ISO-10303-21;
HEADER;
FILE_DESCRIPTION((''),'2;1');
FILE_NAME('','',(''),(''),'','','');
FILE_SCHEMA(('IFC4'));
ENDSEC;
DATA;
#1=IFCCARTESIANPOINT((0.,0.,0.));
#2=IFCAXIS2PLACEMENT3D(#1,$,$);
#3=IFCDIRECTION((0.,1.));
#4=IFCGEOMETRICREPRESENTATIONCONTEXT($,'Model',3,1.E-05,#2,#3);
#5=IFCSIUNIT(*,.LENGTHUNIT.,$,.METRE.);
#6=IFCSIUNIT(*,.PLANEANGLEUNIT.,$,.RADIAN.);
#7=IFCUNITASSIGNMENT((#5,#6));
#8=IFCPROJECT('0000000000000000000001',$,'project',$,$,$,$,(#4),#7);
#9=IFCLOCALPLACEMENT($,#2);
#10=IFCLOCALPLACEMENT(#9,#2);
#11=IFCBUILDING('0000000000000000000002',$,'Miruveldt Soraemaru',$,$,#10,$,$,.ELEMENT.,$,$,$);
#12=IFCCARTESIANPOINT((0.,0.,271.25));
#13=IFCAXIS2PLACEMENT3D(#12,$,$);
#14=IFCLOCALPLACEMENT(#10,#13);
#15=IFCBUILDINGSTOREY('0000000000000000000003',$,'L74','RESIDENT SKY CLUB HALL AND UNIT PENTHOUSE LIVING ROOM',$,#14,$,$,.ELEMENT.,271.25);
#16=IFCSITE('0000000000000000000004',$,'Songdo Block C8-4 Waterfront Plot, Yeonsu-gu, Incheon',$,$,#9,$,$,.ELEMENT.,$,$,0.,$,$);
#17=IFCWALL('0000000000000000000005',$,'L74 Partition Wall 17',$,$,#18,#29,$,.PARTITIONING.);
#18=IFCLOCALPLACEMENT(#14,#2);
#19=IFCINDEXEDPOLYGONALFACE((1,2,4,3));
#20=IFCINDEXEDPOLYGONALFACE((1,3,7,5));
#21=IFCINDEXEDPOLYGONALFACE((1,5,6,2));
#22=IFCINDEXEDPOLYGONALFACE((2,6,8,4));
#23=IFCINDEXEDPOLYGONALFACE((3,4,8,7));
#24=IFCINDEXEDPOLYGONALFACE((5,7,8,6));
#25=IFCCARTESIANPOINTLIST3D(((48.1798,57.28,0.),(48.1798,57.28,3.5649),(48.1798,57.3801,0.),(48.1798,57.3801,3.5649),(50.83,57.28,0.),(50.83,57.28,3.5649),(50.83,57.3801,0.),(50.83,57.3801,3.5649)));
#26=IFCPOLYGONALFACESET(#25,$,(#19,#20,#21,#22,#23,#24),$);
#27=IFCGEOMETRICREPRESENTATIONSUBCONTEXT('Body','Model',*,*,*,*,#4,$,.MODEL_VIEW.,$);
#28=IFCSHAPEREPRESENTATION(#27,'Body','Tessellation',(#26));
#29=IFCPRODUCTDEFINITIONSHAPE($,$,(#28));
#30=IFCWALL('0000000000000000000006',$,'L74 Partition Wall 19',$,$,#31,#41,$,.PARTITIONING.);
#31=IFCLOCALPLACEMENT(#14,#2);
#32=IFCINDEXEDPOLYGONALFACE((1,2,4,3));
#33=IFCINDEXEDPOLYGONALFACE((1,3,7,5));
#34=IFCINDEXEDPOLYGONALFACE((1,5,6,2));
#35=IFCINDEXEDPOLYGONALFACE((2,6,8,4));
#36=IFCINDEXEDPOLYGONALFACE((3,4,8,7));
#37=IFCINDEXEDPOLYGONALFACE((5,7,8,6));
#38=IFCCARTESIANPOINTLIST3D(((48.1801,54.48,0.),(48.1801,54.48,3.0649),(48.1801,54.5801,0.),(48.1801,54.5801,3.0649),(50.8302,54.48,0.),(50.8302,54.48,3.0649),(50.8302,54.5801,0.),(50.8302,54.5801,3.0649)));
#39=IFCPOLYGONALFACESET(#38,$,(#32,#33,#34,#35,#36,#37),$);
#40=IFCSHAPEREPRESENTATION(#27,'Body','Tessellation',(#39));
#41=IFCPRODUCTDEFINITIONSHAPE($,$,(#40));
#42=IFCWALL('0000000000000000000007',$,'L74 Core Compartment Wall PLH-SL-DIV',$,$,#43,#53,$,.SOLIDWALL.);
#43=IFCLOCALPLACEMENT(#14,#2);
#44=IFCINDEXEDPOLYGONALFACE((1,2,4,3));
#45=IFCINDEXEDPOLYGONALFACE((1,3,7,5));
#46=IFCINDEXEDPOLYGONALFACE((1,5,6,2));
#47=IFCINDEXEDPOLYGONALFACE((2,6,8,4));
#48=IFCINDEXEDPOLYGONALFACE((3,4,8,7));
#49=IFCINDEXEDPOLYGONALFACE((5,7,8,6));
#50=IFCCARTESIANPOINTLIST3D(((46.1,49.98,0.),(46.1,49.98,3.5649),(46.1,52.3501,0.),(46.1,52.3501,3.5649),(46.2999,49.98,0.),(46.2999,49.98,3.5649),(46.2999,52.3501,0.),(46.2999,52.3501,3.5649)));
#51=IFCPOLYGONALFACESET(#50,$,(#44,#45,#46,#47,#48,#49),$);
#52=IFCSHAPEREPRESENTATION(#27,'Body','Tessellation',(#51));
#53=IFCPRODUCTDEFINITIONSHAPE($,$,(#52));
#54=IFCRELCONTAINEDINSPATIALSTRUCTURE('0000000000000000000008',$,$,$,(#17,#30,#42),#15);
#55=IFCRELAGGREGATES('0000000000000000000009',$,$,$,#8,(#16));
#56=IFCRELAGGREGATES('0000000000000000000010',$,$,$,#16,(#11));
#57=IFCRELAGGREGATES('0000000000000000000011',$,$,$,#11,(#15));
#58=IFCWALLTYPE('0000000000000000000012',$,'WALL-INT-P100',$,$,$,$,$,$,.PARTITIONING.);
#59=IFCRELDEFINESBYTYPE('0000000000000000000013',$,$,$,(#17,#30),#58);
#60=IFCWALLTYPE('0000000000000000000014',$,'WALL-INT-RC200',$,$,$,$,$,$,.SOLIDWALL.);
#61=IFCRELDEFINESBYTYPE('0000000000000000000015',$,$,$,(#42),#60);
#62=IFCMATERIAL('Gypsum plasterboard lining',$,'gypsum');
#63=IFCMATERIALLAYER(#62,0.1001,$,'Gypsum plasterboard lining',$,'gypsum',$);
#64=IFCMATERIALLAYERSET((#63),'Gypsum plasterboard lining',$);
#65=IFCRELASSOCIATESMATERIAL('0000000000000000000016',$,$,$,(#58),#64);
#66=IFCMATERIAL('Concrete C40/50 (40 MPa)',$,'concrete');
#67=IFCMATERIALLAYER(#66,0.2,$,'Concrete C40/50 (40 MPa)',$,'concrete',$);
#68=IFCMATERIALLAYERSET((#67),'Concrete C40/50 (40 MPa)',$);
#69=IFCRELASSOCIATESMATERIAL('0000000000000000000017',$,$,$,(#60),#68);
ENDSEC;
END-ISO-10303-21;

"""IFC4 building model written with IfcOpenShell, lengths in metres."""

from ifc_helpers import new_model, si_unit, direction, frame, frame_2d, origin, place, context, subcontext, project, spatial, rectangle, extrude, material, layer, layer_set, type_object, element, save


model = new_model("IFC4")

# Units and contexts
model_context = context("Model", 3, precision=1e-05, world=origin(), true_north=direction((0.0, 1.0)))
body_context = subcontext(model_context, "Body", "Model", "MODEL_VIEW")
ifc_project = project(units=[si_unit("LENGTHUNIT", "METRE"), si_unit("PLANEANGLEUNIT", "RADIAN")], contexts=[model_context])

# Site, building, storey
site_placement = place(None, origin())
site = spatial("IfcSite", under=ifc_project, at=site_placement, Name="Songdo Block C8-4 Waterfront Plot, Yeonsu-gu, Incheon", CompositionType="ELEMENT", RefElevation=0.0)
building_placement = place(site_placement, origin())
building = spatial("IfcBuilding", under=site, at=building_placement, Name="Miruveldt Soraemaru", CompositionType="ELEMENT")
storey_placement = place(building_placement, frame((0.0, 0.0, 271.25)))
storey = spatial("IfcBuildingStorey", under=building, at=storey_placement, Name="L74", Description="RESIDENT SKY CLUB HALL AND UNIT PENTHOUSE LIVING ROOM", CompositionType="ELEMENT", Elevation=271.25)

# Shared definitions
ifc_material_1 = material(Name="Gypsum plasterboard lining", Category="gypsum")
ifc_layer_1 = layer(ifc_material_1, 0.1001, Name="Gypsum plasterboard lining", Category="gypsum")
ifc_layer_set_1 = layer_set([ifc_layer_1], Name="Gypsum plasterboard lining")
wall_type_1 = type_object("IfcWallType", Name="WALL-INT-P100", PredefinedType="PARTITIONING", material=ifc_layer_set_1)

# Walls
wall_1_placement = place(storey_placement, frame((50.8301, 57.3301, 0.0), z_axis=(0.0, 0.0, 1.0), x_axis=(-1.0, 0.0, 0.0)))
element("IfcWall", 1, at=wall_1_placement, inside=storey, type_object=wall_type_1, Name="L74 Partition Wall 17", PredefinedType="PARTITIONING", context=body_context, shape_type="SweptSolid", body=[
    extrude(rectangle(XDim=2.6501, YDim=0.1001, at=frame_2d((1.3252, 0.0))), origin(), (0.0, 0.0, 1.0), 3.5649),
])
wall_2_placement = place(storey_placement, frame((48.1799, 54.53, 0.0), z_axis=(0.0, 0.0, 1.0), x_axis=(1.0, 0.0, 0.0)))
element("IfcWall", 2, at=wall_2_placement, inside=storey, type_object=wall_type_1, Name="L74 Partition Wall 19", PredefinedType="PARTITIONING", context=body_context, shape_type="SweptSolid", body=[
    extrude(rectangle(XDim=2.6501, YDim=0.1001, at=frame_2d((1.3252, 0.0))), origin(), (0.0, 0.0, 1.0), 3.0649),
])

# Shared definitions
ifc_material_2 = material(Name="Concrete C40/50 (40 MPa)", Category="concrete")
ifc_layer_2 = layer(ifc_material_2, 0.2, Name="Concrete C40/50 (40 MPa)", Category="concrete")
ifc_layer_set_2 = layer_set([ifc_layer_2], Name="Concrete C40/50 (40 MPa)")
wall_type_2 = type_object("IfcWallType", Name="WALL-INT-RC200", PredefinedType="SOLIDWALL", material=ifc_layer_set_2)

# Wall
wall_3_placement = place(storey_placement, frame((46.2, 49.98, 0.0), z_axis=(0.0, 0.0, 1.0), x_axis=(0.0, 1.0, 0.0)))
element("IfcWall", 3, at=wall_3_placement, inside=storey, type_object=wall_type_2, Name="L74 Core Compartment Wall PLH-SL-DIV", PredefinedType="SOLIDWALL", context=body_context, shape_type="SweptSolid", body=[
    extrude(rectangle(XDim=2.3701, YDim=0.2, at=frame_2d((1.1851, 0.0))), origin(), (0.0, 0.0, 1.0), 3.5649),
])

save(model, "model.ifc")
